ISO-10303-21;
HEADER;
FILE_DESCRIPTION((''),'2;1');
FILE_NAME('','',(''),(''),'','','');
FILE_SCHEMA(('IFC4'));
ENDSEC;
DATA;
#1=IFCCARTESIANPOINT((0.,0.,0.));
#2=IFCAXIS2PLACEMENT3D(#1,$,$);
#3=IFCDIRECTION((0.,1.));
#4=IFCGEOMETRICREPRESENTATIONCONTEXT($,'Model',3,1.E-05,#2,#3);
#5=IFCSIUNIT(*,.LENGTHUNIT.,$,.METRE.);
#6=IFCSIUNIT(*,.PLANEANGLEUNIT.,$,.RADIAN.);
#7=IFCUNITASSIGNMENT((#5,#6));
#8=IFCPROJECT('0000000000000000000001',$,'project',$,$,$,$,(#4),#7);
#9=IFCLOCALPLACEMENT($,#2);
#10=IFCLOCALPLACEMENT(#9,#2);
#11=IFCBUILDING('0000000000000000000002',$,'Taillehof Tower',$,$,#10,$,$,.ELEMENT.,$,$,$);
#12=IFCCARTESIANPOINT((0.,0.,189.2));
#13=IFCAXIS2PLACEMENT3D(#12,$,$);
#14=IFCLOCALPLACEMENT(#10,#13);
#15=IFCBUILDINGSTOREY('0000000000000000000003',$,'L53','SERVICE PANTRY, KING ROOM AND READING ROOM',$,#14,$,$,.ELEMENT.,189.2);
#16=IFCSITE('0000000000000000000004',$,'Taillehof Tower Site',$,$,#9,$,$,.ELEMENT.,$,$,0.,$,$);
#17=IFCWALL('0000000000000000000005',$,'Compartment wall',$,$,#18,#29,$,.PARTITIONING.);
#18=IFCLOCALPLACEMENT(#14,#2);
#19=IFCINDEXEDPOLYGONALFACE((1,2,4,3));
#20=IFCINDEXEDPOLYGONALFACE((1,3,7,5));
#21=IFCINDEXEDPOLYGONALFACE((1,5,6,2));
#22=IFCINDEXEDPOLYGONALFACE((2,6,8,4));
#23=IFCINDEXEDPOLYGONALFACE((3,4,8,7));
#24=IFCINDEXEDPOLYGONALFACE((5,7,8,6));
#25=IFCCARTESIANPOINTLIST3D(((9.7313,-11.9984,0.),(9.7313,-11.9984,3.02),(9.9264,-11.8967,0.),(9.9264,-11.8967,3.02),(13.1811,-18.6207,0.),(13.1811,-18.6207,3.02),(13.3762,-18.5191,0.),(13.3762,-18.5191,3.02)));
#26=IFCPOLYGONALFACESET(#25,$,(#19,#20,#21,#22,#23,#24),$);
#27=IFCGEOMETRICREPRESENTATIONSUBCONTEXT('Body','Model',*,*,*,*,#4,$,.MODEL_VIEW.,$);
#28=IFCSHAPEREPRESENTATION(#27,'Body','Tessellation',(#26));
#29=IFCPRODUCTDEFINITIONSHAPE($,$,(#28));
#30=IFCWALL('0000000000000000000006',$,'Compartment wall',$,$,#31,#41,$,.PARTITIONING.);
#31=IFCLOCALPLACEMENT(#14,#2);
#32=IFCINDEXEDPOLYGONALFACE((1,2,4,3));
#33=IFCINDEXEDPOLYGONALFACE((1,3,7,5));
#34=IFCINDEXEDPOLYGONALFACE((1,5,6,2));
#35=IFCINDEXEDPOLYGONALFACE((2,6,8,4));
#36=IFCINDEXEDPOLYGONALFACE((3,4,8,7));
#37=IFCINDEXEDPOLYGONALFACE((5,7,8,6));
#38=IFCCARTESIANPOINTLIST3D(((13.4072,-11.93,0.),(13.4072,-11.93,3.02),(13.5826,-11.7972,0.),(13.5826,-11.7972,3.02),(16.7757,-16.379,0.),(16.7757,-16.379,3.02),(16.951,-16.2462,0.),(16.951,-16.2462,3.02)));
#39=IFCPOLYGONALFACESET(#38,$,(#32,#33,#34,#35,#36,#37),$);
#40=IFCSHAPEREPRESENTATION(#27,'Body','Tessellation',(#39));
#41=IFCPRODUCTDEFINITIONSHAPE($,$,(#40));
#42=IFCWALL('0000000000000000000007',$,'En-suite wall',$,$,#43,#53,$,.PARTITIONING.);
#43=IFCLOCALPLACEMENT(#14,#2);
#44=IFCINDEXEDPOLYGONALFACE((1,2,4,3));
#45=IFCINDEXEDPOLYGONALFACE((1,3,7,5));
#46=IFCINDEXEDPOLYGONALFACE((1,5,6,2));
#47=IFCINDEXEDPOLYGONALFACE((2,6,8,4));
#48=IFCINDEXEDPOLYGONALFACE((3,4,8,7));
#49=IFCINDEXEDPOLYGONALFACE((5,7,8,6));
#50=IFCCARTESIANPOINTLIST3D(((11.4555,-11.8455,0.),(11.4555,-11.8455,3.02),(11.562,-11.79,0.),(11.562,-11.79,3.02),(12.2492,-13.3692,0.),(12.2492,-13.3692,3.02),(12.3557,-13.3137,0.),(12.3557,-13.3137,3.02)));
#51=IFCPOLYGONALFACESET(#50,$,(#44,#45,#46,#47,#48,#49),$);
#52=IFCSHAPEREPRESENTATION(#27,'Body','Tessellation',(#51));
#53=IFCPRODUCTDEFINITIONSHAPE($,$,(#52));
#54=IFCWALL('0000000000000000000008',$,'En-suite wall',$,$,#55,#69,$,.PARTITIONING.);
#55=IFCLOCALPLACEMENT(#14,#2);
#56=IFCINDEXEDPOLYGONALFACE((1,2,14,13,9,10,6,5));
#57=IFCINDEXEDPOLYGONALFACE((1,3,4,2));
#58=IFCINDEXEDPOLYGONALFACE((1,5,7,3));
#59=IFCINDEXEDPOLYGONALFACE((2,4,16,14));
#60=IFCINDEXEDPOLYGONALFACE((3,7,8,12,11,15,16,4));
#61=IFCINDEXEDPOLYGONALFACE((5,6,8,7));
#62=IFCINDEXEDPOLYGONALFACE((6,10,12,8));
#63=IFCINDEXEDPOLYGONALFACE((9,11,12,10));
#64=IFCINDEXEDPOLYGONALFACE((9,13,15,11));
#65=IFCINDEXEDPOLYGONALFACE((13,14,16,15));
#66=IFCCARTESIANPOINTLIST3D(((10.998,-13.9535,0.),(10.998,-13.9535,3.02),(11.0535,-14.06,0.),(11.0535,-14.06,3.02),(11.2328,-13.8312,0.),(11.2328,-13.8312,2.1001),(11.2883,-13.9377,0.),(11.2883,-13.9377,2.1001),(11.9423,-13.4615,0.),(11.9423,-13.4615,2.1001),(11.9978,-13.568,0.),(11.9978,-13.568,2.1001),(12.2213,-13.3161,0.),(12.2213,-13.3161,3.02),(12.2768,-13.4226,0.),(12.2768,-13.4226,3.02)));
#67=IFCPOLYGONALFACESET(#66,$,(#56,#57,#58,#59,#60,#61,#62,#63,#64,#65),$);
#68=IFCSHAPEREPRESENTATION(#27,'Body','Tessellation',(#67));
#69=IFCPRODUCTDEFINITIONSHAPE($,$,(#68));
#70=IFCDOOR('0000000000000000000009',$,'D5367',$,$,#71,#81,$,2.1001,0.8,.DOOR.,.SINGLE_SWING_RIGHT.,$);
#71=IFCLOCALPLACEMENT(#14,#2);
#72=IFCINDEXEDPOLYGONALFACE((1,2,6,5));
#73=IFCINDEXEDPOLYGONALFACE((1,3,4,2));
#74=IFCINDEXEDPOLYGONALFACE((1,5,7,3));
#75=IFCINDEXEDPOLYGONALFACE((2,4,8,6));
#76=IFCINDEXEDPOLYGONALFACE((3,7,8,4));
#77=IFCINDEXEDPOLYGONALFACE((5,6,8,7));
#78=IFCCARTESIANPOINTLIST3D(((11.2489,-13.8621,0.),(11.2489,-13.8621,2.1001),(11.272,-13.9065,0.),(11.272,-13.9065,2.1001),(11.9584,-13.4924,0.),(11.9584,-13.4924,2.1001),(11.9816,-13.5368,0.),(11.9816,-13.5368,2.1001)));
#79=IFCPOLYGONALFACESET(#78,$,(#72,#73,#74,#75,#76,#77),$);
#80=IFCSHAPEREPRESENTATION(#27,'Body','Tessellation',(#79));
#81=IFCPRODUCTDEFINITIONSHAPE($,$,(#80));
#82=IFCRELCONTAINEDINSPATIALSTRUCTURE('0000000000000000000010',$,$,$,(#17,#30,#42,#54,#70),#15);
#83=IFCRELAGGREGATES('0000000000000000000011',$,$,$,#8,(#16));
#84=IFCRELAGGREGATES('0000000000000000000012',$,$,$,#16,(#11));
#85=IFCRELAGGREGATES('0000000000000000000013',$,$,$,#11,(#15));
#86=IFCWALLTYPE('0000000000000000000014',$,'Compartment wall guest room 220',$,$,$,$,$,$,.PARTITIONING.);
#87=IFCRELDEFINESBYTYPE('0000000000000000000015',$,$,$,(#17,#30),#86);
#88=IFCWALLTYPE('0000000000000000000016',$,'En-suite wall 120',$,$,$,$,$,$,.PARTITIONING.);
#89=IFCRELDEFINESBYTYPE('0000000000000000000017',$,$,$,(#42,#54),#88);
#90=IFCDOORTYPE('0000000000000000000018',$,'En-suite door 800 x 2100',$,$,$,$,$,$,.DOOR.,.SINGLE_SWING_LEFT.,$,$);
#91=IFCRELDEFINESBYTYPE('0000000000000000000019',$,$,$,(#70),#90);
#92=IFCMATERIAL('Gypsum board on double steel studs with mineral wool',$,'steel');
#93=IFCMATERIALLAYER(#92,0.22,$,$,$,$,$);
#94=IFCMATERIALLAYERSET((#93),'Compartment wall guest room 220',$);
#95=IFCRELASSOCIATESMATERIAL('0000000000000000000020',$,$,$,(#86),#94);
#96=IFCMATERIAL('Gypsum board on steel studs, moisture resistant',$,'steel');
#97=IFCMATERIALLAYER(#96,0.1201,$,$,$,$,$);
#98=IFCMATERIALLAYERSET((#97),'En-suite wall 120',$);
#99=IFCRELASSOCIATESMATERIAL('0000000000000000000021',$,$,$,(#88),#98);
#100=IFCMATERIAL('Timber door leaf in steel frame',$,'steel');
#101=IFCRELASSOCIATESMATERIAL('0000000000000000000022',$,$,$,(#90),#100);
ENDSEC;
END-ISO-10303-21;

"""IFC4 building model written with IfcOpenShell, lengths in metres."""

from ifc_helpers import new_model, si_unit, direction, frame, frame_2d, origin, place, context, subcontext, project, spatial, rectangle, extrude, material, layer, layer_set, type_object, element, fill, save


model = new_model("IFC4")

# Units and contexts
model_context = context("Model", 3, precision=1e-05, world=origin(), true_north=direction((0.0, 1.0)))
body_context = subcontext(model_context, "Body", "Model", "MODEL_VIEW")
ifc_project = project(units=[si_unit("LENGTHUNIT", "METRE"), si_unit("PLANEANGLEUNIT", "RADIAN")], contexts=[model_context])

# Site, building, storey
site_placement = place(None, origin())
site = spatial("IfcSite", under=ifc_project, at=site_placement, Name="Taillehof Tower Site", CompositionType="ELEMENT", RefElevation=0.0)
building_placement = place(site_placement, origin())
building = spatial("IfcBuilding", under=site, at=building_placement, Name="Taillehof Tower", CompositionType="ELEMENT")
storey_placement = place(building_placement, frame((0.0, 0.0, 189.2)))
storey = spatial("IfcBuildingStorey", under=building, at=storey_placement, Name="L53", Description="SERVICE PANTRY, KING ROOM AND READING ROOM", CompositionType="ELEMENT", Elevation=189.2)

# Walls
ifc_material_1 = material(Name="Gypsum board on double steel studs with mineral wool", Category="steel")
ifc_layer_1 = layer(ifc_material_1, 0.22)
ifc_layer_set_1 = layer_set([ifc_layer_1], Name="Compartment wall guest room 220")
wall_type_1 = type_object("IfcWallType", Name="Compartment wall guest room 220", PredefinedType="PARTITIONING", material=ifc_layer_set_1)
wall_1_placement = place(storey_placement, frame((13.2786, -18.5698, 0.0), z_axis=(0.0, 0.0, 1.0), x_axis=(-0.461996, 0.886882, 0.0)))
element("IfcWall", 1, at=wall_1_placement, inside=storey, type_object=wall_type_1, Name="Compartment wall", PredefinedType="PARTITIONING", context=body_context, shape_type="SweptSolid", body=[
    extrude(rectangle(XDim=7.467, YDim=0.22, at=frame_2d((3.7334, 0.0))), origin(), (0.0, 0.0, 1.0), 3.02),
])
wall_2_placement = place(storey_placement, frame((16.8633, -16.3125, 0.0), z_axis=(0.0, 0.0, 1.0), x_axis=(-0.603627, 0.797267, 0.0)))
element("IfcWall", 2, at=wall_2_placement, inside=storey, type_object=wall_type_1, Name="Compartment wall", PredefinedType="PARTITIONING", context=body_context, shape_type="SweptSolid", body=[
    extrude(rectangle(XDim=5.5803, YDim=0.22, at=frame_2d((2.79, 0.0))), origin(), (0.0, 0.0, 1.0), 3.02),
])
ifc_material_2 = material(Name="Gypsum board on steel studs, moisture resistant", Category="steel")
ifc_layer_2 = layer(ifc_material_2, 0.1201)
ifc_layer_set_2 = layer_set([ifc_layer_2], Name="En-suite wall 120")
wall_type_2 = type_object("IfcWallType", Name="En-suite wall 120", PredefinedType="PARTITIONING", material=ifc_layer_set_2)
wall_3_placement = place(storey_placement, frame((11.5088, -11.8179, 0.0), z_axis=(0.0, 0.0, 1.0), x_axis=(0.461988, -0.886886, 0.0)))
element("IfcWall", 3, at=wall_3_placement, inside=storey, type_object=wall_type_2, Name="En-suite wall", PredefinedType="PARTITIONING", context=body_context, shape_type="SweptSolid", body=[
    extrude(rectangle(XDim=1.718, YDim=0.1201, at=frame_2d((0.8589, 0.0))), origin(), (0.0, 0.0, 1.0), 3.02),
])

# Wall, opening, door
wall_4_placement = place(storey_placement, frame((12.249, -13.3694, 0.0), z_axis=(0.0, 0.0, 1.0), x_axis=(-0.886834, -0.462088, 0.0)))
wall_4 = element("IfcWall", 4, at=wall_4_placement, inside=storey, type_object=wall_type_2, Name="En-suite wall", PredefinedType="PARTITIONING", context=body_context, shape_type="SweptSolid", body=[
    extrude(rectangle(XDim=1.3794, YDim=0.1201, at=frame_2d((0.6897, 0.0))), origin(), (0.0, 0.0, 1.0), 3.02),
])
opening_1_placement = place(wall_4_placement, frame((0.3147, 0.0, 0.0)))
opening_1 = element("IfcOpeningElement", 5, at=opening_1_placement, cuts=wall_4, PredefinedType="OPENING", context=body_context, shape_type="SweptSolid", body=[
    extrude(rectangle(XDim=0.8, YDim=2.1001, at=frame_2d((0.3999, 1.05))), frame((0.0, 0.0701, 0.0), z_axis=(0.0, -1.0, 0.0), x_axis=(1.0, 0.0, 0.0)), (0.0, 0.0, 1.0), 0.1401),
])
ifc_material_3 = material(Name="Timber door leaf in steel frame", Category="steel")
door_type_1 = type_object("IfcDoorType", Name="En-suite door 800 x 2100", OperationType="SINGLE_SWING_LEFT", PredefinedType="DOOR", material=ifc_material_3)
door_1_placement = place(opening_1_placement, origin())
door_1 = element("IfcDoor", 6, at=door_1_placement, inside=storey, type_object=door_type_1, Name="D5367", OperationType="SINGLE_SWING_RIGHT", OverallHeight=2.1001, OverallWidth=0.8, PredefinedType="DOOR", context=body_context, shape_type="SweptSolid", body=[
    extrude(rectangle(XDim=0.8, YDim=2.1001, at=frame_2d((0.3999, 1.05))), frame((0.0, 0.0249, 0.0), z_axis=(0.0, -1.0, 0.0), x_axis=(1.0, 0.0, 0.0)), (0.0, 0.0, 1.0), 0.05),
])
fill(opening_1, door_1)

save(model, "model.ifc")
